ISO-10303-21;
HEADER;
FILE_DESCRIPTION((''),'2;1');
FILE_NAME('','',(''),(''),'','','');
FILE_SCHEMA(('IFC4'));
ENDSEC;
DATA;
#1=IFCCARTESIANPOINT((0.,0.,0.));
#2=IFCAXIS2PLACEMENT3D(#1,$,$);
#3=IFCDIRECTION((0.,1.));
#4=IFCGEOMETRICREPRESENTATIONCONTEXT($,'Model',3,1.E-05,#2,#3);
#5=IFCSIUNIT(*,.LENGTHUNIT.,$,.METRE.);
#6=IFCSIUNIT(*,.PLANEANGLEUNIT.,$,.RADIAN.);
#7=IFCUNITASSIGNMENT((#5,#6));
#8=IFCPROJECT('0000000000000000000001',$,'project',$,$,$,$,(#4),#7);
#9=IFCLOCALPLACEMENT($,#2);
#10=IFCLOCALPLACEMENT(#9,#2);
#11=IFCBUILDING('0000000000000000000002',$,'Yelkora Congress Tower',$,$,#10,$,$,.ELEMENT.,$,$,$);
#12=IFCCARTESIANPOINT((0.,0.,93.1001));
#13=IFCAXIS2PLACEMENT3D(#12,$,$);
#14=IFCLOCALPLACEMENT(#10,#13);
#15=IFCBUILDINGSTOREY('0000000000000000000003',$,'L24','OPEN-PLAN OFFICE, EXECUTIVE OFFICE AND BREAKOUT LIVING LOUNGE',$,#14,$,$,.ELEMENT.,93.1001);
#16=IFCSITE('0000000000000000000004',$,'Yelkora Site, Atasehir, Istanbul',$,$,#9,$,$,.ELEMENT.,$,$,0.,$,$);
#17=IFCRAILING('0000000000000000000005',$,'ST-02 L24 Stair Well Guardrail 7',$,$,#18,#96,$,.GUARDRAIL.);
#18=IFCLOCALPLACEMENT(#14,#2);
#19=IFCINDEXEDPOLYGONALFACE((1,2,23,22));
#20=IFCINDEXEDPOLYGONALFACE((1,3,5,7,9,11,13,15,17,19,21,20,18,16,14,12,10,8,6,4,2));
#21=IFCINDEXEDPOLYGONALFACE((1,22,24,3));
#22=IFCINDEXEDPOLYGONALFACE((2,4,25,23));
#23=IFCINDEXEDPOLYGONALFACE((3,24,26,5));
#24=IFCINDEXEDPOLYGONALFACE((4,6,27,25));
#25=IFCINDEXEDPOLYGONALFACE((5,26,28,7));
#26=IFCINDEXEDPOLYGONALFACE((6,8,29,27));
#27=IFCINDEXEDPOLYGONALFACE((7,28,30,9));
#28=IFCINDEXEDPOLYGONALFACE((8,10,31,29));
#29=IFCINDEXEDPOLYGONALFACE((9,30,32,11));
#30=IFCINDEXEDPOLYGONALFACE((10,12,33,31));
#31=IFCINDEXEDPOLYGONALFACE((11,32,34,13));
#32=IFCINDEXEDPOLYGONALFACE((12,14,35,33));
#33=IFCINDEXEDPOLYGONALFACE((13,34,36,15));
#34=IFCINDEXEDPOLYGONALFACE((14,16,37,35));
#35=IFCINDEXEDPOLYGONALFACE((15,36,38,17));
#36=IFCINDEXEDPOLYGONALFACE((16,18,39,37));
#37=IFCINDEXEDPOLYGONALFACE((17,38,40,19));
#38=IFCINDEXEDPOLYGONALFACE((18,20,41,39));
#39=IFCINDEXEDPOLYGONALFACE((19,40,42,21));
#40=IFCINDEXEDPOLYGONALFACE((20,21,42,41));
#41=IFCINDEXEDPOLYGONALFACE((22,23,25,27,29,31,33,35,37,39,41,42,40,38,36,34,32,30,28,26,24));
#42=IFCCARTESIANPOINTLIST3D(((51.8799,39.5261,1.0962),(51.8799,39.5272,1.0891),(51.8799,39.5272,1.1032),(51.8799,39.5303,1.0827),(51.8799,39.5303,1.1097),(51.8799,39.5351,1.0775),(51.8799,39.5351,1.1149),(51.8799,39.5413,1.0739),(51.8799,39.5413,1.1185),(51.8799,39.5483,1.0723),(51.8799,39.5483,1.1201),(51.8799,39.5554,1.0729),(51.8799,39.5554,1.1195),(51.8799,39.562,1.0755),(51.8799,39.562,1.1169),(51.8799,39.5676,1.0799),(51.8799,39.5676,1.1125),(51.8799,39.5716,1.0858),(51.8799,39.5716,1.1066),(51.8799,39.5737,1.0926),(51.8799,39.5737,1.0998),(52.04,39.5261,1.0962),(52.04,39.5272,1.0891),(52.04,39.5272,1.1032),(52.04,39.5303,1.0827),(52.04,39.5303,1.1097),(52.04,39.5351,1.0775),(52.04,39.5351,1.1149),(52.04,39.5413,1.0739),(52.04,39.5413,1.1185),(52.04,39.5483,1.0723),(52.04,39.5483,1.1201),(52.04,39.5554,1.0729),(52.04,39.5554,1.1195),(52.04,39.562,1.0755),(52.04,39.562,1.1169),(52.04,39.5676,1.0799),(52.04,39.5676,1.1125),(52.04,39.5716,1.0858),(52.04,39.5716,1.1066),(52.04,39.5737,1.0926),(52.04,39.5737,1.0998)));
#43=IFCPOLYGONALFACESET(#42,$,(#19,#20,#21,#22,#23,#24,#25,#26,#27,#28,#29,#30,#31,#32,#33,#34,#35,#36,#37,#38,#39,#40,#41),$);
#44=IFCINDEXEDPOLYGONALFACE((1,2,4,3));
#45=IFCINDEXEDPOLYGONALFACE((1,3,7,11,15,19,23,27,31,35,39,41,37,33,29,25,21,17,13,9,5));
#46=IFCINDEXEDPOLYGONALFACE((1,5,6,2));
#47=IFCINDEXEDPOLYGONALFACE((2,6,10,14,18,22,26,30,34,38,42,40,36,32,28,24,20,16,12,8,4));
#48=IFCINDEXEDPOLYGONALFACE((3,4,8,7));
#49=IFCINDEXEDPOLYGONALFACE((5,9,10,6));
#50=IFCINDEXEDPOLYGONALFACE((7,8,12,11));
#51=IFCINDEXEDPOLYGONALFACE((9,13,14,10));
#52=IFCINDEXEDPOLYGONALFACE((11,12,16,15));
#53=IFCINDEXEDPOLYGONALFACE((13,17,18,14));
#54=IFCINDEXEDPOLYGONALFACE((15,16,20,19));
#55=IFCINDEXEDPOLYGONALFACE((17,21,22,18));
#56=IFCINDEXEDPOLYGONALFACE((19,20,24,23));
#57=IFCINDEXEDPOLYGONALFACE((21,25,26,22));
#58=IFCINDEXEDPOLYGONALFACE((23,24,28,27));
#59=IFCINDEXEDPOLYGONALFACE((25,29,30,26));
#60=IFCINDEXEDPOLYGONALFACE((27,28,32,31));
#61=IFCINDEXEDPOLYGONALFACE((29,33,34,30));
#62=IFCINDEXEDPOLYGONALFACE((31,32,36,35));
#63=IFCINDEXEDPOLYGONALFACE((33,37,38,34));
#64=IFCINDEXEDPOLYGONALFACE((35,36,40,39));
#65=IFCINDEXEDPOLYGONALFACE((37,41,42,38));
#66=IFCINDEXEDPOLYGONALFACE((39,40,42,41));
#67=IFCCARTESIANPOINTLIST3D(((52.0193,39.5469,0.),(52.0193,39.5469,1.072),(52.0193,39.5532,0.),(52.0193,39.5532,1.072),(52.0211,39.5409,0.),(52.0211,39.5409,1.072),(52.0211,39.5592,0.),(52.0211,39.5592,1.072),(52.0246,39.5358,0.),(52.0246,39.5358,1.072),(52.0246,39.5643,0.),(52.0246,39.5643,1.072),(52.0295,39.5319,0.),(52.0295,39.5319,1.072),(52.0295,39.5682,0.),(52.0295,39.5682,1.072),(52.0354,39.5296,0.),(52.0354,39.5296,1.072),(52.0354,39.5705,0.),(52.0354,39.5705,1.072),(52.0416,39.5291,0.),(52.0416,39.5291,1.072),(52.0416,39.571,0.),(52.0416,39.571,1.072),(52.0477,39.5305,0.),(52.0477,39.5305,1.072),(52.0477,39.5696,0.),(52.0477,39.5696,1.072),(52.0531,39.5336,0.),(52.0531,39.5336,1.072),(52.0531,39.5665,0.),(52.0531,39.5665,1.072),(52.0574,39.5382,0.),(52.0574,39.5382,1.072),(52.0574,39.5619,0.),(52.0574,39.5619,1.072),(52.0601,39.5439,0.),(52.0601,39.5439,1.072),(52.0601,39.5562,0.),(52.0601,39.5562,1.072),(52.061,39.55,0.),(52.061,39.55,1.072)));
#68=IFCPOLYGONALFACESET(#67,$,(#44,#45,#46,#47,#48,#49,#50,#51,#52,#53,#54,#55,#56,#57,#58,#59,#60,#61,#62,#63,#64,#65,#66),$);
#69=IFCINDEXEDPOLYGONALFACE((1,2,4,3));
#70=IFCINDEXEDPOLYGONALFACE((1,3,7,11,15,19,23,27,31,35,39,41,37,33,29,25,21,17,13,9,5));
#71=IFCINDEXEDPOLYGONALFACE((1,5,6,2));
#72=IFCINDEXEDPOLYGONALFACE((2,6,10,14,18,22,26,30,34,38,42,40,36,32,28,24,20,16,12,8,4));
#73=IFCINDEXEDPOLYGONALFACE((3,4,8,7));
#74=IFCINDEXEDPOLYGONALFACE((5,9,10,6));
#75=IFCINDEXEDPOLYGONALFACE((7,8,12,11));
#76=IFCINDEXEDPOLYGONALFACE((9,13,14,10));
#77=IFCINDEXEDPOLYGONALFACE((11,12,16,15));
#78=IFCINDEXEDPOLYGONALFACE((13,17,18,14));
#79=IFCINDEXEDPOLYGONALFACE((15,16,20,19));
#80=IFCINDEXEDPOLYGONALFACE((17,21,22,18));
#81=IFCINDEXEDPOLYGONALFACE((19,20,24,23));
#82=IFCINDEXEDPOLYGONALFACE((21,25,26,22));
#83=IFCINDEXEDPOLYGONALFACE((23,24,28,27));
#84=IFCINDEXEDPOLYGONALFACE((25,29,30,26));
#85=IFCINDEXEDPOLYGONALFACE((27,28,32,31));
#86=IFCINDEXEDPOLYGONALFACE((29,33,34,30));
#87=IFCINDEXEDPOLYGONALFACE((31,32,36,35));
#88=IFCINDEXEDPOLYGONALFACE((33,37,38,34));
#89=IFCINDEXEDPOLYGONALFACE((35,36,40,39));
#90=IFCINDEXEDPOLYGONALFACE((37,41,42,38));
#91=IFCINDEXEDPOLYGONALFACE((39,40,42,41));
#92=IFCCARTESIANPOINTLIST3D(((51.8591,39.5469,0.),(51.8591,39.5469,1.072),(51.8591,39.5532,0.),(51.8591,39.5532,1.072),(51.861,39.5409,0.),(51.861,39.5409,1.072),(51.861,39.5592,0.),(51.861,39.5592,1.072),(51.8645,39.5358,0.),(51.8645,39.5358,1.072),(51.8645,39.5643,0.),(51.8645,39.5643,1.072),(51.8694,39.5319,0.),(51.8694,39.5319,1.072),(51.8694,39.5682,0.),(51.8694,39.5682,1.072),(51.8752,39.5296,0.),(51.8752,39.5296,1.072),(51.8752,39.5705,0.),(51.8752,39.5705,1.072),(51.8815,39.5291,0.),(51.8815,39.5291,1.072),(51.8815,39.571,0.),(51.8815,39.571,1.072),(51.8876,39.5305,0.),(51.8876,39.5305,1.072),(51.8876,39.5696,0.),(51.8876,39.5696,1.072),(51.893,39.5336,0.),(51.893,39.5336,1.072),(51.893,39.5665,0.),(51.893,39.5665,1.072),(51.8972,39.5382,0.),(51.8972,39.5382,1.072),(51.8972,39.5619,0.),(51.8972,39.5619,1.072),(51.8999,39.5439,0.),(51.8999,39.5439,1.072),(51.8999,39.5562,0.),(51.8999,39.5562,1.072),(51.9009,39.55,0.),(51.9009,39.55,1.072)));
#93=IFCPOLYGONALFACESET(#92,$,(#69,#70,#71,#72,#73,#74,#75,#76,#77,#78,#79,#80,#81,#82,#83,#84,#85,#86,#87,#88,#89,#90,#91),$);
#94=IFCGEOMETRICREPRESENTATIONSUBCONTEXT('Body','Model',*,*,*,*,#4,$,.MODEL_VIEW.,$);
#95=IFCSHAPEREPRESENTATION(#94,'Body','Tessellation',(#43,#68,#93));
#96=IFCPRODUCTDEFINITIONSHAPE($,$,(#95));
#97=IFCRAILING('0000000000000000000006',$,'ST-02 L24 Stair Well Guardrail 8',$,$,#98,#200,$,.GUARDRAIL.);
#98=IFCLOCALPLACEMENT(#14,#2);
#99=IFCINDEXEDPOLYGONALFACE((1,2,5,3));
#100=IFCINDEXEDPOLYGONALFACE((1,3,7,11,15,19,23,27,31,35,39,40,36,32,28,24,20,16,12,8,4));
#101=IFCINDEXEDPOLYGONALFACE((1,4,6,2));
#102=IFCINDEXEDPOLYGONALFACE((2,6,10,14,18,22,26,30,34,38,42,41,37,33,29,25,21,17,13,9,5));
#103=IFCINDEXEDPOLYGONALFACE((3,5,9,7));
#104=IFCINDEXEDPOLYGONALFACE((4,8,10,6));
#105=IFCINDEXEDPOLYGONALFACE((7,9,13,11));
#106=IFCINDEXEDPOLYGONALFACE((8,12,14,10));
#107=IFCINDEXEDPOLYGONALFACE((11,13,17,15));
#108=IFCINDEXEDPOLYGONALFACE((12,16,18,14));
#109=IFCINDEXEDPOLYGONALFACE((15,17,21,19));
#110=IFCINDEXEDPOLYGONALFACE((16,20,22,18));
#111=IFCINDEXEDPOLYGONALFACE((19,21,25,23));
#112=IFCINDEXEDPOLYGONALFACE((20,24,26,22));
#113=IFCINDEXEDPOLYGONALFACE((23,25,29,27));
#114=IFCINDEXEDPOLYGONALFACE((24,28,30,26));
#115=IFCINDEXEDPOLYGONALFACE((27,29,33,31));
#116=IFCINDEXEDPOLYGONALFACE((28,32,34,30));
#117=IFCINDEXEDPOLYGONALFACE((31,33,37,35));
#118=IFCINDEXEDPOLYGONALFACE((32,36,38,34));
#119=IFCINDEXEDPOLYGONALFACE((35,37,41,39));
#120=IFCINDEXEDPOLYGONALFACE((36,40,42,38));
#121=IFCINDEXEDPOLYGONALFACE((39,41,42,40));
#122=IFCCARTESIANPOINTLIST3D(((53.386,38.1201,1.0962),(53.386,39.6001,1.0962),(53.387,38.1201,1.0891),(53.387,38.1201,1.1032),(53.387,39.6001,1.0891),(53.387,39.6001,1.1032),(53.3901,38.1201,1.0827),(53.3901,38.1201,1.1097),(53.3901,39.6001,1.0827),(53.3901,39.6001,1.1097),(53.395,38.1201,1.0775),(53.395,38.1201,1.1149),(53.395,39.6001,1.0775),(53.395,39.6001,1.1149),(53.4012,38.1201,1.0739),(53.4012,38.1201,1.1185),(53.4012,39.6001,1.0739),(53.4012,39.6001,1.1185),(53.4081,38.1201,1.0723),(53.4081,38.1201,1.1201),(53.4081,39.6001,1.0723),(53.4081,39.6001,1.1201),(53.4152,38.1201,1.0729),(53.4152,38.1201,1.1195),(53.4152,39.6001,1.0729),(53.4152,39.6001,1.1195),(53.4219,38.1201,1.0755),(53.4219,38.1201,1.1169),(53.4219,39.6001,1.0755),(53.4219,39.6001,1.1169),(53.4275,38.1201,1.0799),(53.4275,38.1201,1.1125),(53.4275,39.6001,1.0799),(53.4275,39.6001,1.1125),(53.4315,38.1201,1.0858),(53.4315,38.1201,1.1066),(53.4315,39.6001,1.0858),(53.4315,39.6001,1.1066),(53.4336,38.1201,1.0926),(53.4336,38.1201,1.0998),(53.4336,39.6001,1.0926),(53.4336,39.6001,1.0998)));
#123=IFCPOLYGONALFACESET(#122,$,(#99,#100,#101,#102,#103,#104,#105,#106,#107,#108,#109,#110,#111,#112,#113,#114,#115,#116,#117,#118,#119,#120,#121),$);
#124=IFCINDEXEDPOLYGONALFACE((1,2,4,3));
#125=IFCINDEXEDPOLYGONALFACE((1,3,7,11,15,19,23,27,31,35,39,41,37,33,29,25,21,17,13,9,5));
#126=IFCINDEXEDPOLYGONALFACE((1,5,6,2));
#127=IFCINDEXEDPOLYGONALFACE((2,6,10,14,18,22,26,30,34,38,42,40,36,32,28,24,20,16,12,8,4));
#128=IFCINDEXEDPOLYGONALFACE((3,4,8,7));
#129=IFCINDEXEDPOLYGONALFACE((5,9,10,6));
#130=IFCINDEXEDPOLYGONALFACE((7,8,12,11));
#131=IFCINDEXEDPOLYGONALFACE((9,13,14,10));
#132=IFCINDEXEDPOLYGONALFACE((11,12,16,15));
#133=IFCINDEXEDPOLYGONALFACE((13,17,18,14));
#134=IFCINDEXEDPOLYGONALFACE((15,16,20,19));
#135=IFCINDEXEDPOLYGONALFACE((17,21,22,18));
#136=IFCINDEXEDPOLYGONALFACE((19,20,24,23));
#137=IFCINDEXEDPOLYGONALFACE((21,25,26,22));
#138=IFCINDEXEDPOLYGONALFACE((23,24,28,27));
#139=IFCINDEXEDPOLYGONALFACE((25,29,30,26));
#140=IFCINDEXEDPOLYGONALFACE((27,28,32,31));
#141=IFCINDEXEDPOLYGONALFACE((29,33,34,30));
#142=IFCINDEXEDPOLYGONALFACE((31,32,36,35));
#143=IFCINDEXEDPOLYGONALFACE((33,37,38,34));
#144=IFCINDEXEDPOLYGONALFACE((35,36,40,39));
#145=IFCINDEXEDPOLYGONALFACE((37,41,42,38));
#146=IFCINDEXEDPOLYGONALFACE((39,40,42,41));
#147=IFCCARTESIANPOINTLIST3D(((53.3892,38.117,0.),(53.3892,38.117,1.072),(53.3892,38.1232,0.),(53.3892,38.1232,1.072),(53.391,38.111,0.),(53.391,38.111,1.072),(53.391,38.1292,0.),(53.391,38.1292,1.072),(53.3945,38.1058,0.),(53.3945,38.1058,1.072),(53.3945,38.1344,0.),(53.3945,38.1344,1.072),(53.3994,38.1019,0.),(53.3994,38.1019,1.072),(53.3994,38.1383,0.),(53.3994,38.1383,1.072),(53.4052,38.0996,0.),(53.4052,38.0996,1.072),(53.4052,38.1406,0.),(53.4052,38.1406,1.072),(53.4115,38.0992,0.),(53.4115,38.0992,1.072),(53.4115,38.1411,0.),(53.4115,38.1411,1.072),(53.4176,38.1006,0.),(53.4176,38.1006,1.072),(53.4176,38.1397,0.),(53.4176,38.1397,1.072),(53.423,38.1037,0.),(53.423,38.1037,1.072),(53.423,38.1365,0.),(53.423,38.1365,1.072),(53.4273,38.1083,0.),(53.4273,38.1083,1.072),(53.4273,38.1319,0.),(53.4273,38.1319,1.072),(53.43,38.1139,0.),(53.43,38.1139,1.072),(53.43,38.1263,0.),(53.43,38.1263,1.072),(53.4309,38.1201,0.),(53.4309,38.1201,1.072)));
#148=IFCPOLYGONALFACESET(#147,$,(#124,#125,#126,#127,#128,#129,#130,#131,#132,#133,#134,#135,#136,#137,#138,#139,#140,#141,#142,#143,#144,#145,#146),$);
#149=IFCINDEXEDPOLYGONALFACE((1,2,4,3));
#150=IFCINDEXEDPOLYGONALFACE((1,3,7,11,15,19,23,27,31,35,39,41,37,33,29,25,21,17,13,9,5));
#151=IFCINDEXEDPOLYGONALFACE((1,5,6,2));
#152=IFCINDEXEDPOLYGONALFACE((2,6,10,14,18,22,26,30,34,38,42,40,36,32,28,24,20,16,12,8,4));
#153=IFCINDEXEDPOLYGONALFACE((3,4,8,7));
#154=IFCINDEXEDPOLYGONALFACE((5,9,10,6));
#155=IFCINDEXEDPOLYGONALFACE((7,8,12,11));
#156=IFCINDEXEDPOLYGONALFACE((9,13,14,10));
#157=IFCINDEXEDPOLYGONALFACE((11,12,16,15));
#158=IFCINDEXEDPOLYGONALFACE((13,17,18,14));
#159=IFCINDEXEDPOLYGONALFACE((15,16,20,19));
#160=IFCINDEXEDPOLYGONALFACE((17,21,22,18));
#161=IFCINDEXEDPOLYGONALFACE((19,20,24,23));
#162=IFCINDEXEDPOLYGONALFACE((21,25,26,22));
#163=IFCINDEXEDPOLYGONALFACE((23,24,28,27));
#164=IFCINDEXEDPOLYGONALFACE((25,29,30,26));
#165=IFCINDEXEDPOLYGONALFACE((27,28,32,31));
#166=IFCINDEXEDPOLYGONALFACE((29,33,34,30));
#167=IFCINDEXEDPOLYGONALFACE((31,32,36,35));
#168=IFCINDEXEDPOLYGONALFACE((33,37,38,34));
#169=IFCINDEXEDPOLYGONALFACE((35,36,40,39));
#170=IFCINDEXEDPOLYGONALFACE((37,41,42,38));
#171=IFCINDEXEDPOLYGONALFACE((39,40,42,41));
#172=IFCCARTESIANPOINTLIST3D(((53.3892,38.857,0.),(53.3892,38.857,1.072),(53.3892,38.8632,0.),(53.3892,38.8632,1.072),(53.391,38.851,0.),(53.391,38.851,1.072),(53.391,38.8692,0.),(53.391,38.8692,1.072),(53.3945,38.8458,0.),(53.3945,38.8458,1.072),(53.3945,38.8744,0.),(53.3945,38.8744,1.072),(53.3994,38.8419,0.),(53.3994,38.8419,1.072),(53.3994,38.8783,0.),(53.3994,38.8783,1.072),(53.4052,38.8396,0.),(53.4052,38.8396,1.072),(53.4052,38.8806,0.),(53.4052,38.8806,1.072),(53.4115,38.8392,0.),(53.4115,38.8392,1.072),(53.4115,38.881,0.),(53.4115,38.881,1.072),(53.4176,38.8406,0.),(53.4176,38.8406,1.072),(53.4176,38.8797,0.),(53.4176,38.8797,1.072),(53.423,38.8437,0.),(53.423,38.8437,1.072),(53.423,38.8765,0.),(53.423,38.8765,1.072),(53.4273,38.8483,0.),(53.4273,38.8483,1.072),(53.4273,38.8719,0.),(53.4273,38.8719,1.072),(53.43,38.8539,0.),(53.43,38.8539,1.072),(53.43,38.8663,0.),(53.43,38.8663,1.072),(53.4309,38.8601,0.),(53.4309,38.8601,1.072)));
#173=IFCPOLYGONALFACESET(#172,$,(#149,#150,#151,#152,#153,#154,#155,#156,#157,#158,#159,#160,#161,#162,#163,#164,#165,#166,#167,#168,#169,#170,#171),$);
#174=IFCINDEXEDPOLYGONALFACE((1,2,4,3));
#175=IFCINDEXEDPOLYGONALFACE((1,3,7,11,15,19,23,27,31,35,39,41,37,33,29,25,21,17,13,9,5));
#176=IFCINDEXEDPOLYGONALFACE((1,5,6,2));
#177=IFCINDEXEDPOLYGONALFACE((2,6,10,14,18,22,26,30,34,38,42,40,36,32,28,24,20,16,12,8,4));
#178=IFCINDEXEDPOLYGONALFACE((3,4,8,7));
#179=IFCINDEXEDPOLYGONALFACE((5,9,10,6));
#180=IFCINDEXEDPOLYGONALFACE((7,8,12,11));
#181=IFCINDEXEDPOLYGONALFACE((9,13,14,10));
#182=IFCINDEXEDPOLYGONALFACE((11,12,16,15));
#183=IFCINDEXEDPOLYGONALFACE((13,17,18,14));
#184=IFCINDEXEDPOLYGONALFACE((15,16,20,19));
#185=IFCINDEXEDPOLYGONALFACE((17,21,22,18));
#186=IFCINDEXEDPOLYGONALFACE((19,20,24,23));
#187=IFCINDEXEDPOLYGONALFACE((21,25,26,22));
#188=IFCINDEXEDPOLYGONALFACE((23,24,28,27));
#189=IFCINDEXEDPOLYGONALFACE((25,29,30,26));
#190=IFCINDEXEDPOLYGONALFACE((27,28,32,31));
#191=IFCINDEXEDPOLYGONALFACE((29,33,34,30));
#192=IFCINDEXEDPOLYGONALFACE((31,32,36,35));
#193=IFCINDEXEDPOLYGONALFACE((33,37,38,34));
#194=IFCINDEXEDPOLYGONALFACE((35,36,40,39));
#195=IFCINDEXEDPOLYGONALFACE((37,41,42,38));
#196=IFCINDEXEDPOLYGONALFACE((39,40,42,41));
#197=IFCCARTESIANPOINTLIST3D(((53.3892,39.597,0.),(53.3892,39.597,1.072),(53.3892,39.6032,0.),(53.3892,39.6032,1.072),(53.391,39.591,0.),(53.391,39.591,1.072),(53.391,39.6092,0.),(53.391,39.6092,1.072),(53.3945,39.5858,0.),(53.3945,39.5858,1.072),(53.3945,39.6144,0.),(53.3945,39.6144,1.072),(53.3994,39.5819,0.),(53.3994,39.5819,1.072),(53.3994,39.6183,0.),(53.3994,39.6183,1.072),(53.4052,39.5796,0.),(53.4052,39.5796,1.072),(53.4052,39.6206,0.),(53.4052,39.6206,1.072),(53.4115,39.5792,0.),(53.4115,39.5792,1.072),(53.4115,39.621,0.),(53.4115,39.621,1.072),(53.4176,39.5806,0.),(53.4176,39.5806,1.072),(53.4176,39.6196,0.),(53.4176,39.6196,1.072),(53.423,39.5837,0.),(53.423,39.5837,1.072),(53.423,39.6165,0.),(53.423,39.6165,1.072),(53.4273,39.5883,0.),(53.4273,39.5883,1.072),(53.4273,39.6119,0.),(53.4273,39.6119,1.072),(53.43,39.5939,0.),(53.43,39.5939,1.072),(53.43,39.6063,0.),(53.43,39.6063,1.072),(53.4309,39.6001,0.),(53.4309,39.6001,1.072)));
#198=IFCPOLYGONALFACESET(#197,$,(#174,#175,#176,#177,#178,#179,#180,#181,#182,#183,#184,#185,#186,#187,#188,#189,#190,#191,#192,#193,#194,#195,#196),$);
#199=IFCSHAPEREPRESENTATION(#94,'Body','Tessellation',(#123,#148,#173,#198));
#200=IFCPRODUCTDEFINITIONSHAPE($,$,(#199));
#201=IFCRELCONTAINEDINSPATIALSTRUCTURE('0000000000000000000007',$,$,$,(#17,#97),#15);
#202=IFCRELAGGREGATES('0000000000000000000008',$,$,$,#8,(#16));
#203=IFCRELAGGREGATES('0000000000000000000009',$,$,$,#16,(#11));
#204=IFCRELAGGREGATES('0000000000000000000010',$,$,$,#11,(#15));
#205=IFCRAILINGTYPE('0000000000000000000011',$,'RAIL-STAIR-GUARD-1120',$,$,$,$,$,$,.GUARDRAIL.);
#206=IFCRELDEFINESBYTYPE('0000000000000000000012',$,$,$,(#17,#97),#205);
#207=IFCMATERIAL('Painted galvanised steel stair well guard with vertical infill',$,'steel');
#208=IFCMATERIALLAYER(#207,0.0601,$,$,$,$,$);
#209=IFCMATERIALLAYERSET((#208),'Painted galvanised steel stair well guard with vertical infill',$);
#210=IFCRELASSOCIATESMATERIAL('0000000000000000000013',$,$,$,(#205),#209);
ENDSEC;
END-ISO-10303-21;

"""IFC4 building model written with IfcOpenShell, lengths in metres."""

from ifc_helpers import new_model, si_unit, direction, frame, origin, origin_2d, place, context, subcontext, project, spatial, circle, extrude, material, layer, layer_set, type_object, element, save


model = new_model("IFC4")

# Units and contexts
model_context = context("Model", 3, precision=1e-05, world=origin(), true_north=direction((0.0, 1.0)))
body_context = subcontext(model_context, "Body", "Model", "MODEL_VIEW")
ifc_project = project(units=[si_unit("LENGTHUNIT", "METRE"), si_unit("PLANEANGLEUNIT", "RADIAN")], contexts=[model_context])

# Site, building, storey
site_placement = place(None, origin())
site = spatial("IfcSite", under=ifc_project, at=site_placement, Name="Yelkora Site, Atasehir, Istanbul", CompositionType="ELEMENT", RefElevation=0.0)
building_placement = place(site_placement, origin())
building = spatial("IfcBuilding", under=site, at=building_placement, Name="Yelkora Congress Tower", CompositionType="ELEMENT")
storey_placement = place(building_placement, frame((0.0, 0.0, 93.1001)))
storey = spatial("IfcBuildingStorey", under=building, at=storey_placement, Name="L24", Description="OPEN-PLAN OFFICE, EXECUTIVE OFFICE AND BREAKOUT LIVING LOUNGE", CompositionType="ELEMENT", Elevation=93.1001)

# Railings
ifc_material_1 = material(Name="Painted galvanised steel stair well guard with vertical infill", Category="steel")
ifc_layer_1 = layer(ifc_material_1, 0.0601)
ifc_layer_set_1 = layer_set([ifc_layer_1], Name="Painted galvanised steel stair well guard with vertical infill")
railing_type_1 = type_object("IfcRailingType", Name="RAIL-STAIR-GUARD-1120", PredefinedType="GUARDRAIL", material=ifc_layer_set_1)
railing_1_placement = place(storey_placement, frame((52.04, 39.55, 0.0)))
element("IfcRailing", 1, at=railing_1_placement, inside=storey, type_object=railing_type_1, Name="ST-02 L24 Stair Well Guardrail 7", PredefinedType="GUARDRAIL", context=body_context, shape_type="SweptSolid", body=[
    extrude(circle(Radius=0.0239, at=origin_2d()), frame((0.0, 0.0, 1.0962), z_axis=(-1.0, 0.0, 0.0), x_axis=(0.0, -1.0, 0.0)), (0.0, 0.0, 1.0), 0.1602),
    extrude(circle(Radius=0.021, at=origin_2d()), origin(), (0.0, 0.0, 1.0), 1.072),
    extrude(circle(Radius=0.021, at=origin_2d()), frame((-0.1602, 0.0, 0.0)), (0.0, 0.0, 1.0), 1.072),
])
for number, where, name in (
    (2, (53.4099, 38.1201, 0.0), "ST-02 L24 Stair Well Guardrail 8"),
):
    element("IfcRailing", number, at=place(storey_placement, frame(where)), inside=storey, type_object=railing_type_1, Name=name, PredefinedType="GUARDRAIL", context=body_context, shape_type="SweptSolid", body=[
        extrude(circle(Radius=0.0239, at=origin_2d()), frame((0.0, 0.0, 1.0962), z_axis=(0.0, 1.0, 0.0), x_axis=(-1.0, 0.0, 0.0)), (0.0, 0.0, 1.0), 1.48),
        extrude(circle(Radius=0.021, at=origin_2d()), origin(), (0.0, 0.0, 1.0), 1.072),
        extrude(circle(Radius=0.021, at=origin_2d()), frame((0.0, 0.74, 0.0)), (0.0, 0.0, 1.0), 1.072),
        extrude(circle(Radius=0.021, at=origin_2d()), frame((0.0, 1.48, 0.0)), (0.0, 0.0, 1.0), 1.072),
    ])

save(model, "model.ifc")
